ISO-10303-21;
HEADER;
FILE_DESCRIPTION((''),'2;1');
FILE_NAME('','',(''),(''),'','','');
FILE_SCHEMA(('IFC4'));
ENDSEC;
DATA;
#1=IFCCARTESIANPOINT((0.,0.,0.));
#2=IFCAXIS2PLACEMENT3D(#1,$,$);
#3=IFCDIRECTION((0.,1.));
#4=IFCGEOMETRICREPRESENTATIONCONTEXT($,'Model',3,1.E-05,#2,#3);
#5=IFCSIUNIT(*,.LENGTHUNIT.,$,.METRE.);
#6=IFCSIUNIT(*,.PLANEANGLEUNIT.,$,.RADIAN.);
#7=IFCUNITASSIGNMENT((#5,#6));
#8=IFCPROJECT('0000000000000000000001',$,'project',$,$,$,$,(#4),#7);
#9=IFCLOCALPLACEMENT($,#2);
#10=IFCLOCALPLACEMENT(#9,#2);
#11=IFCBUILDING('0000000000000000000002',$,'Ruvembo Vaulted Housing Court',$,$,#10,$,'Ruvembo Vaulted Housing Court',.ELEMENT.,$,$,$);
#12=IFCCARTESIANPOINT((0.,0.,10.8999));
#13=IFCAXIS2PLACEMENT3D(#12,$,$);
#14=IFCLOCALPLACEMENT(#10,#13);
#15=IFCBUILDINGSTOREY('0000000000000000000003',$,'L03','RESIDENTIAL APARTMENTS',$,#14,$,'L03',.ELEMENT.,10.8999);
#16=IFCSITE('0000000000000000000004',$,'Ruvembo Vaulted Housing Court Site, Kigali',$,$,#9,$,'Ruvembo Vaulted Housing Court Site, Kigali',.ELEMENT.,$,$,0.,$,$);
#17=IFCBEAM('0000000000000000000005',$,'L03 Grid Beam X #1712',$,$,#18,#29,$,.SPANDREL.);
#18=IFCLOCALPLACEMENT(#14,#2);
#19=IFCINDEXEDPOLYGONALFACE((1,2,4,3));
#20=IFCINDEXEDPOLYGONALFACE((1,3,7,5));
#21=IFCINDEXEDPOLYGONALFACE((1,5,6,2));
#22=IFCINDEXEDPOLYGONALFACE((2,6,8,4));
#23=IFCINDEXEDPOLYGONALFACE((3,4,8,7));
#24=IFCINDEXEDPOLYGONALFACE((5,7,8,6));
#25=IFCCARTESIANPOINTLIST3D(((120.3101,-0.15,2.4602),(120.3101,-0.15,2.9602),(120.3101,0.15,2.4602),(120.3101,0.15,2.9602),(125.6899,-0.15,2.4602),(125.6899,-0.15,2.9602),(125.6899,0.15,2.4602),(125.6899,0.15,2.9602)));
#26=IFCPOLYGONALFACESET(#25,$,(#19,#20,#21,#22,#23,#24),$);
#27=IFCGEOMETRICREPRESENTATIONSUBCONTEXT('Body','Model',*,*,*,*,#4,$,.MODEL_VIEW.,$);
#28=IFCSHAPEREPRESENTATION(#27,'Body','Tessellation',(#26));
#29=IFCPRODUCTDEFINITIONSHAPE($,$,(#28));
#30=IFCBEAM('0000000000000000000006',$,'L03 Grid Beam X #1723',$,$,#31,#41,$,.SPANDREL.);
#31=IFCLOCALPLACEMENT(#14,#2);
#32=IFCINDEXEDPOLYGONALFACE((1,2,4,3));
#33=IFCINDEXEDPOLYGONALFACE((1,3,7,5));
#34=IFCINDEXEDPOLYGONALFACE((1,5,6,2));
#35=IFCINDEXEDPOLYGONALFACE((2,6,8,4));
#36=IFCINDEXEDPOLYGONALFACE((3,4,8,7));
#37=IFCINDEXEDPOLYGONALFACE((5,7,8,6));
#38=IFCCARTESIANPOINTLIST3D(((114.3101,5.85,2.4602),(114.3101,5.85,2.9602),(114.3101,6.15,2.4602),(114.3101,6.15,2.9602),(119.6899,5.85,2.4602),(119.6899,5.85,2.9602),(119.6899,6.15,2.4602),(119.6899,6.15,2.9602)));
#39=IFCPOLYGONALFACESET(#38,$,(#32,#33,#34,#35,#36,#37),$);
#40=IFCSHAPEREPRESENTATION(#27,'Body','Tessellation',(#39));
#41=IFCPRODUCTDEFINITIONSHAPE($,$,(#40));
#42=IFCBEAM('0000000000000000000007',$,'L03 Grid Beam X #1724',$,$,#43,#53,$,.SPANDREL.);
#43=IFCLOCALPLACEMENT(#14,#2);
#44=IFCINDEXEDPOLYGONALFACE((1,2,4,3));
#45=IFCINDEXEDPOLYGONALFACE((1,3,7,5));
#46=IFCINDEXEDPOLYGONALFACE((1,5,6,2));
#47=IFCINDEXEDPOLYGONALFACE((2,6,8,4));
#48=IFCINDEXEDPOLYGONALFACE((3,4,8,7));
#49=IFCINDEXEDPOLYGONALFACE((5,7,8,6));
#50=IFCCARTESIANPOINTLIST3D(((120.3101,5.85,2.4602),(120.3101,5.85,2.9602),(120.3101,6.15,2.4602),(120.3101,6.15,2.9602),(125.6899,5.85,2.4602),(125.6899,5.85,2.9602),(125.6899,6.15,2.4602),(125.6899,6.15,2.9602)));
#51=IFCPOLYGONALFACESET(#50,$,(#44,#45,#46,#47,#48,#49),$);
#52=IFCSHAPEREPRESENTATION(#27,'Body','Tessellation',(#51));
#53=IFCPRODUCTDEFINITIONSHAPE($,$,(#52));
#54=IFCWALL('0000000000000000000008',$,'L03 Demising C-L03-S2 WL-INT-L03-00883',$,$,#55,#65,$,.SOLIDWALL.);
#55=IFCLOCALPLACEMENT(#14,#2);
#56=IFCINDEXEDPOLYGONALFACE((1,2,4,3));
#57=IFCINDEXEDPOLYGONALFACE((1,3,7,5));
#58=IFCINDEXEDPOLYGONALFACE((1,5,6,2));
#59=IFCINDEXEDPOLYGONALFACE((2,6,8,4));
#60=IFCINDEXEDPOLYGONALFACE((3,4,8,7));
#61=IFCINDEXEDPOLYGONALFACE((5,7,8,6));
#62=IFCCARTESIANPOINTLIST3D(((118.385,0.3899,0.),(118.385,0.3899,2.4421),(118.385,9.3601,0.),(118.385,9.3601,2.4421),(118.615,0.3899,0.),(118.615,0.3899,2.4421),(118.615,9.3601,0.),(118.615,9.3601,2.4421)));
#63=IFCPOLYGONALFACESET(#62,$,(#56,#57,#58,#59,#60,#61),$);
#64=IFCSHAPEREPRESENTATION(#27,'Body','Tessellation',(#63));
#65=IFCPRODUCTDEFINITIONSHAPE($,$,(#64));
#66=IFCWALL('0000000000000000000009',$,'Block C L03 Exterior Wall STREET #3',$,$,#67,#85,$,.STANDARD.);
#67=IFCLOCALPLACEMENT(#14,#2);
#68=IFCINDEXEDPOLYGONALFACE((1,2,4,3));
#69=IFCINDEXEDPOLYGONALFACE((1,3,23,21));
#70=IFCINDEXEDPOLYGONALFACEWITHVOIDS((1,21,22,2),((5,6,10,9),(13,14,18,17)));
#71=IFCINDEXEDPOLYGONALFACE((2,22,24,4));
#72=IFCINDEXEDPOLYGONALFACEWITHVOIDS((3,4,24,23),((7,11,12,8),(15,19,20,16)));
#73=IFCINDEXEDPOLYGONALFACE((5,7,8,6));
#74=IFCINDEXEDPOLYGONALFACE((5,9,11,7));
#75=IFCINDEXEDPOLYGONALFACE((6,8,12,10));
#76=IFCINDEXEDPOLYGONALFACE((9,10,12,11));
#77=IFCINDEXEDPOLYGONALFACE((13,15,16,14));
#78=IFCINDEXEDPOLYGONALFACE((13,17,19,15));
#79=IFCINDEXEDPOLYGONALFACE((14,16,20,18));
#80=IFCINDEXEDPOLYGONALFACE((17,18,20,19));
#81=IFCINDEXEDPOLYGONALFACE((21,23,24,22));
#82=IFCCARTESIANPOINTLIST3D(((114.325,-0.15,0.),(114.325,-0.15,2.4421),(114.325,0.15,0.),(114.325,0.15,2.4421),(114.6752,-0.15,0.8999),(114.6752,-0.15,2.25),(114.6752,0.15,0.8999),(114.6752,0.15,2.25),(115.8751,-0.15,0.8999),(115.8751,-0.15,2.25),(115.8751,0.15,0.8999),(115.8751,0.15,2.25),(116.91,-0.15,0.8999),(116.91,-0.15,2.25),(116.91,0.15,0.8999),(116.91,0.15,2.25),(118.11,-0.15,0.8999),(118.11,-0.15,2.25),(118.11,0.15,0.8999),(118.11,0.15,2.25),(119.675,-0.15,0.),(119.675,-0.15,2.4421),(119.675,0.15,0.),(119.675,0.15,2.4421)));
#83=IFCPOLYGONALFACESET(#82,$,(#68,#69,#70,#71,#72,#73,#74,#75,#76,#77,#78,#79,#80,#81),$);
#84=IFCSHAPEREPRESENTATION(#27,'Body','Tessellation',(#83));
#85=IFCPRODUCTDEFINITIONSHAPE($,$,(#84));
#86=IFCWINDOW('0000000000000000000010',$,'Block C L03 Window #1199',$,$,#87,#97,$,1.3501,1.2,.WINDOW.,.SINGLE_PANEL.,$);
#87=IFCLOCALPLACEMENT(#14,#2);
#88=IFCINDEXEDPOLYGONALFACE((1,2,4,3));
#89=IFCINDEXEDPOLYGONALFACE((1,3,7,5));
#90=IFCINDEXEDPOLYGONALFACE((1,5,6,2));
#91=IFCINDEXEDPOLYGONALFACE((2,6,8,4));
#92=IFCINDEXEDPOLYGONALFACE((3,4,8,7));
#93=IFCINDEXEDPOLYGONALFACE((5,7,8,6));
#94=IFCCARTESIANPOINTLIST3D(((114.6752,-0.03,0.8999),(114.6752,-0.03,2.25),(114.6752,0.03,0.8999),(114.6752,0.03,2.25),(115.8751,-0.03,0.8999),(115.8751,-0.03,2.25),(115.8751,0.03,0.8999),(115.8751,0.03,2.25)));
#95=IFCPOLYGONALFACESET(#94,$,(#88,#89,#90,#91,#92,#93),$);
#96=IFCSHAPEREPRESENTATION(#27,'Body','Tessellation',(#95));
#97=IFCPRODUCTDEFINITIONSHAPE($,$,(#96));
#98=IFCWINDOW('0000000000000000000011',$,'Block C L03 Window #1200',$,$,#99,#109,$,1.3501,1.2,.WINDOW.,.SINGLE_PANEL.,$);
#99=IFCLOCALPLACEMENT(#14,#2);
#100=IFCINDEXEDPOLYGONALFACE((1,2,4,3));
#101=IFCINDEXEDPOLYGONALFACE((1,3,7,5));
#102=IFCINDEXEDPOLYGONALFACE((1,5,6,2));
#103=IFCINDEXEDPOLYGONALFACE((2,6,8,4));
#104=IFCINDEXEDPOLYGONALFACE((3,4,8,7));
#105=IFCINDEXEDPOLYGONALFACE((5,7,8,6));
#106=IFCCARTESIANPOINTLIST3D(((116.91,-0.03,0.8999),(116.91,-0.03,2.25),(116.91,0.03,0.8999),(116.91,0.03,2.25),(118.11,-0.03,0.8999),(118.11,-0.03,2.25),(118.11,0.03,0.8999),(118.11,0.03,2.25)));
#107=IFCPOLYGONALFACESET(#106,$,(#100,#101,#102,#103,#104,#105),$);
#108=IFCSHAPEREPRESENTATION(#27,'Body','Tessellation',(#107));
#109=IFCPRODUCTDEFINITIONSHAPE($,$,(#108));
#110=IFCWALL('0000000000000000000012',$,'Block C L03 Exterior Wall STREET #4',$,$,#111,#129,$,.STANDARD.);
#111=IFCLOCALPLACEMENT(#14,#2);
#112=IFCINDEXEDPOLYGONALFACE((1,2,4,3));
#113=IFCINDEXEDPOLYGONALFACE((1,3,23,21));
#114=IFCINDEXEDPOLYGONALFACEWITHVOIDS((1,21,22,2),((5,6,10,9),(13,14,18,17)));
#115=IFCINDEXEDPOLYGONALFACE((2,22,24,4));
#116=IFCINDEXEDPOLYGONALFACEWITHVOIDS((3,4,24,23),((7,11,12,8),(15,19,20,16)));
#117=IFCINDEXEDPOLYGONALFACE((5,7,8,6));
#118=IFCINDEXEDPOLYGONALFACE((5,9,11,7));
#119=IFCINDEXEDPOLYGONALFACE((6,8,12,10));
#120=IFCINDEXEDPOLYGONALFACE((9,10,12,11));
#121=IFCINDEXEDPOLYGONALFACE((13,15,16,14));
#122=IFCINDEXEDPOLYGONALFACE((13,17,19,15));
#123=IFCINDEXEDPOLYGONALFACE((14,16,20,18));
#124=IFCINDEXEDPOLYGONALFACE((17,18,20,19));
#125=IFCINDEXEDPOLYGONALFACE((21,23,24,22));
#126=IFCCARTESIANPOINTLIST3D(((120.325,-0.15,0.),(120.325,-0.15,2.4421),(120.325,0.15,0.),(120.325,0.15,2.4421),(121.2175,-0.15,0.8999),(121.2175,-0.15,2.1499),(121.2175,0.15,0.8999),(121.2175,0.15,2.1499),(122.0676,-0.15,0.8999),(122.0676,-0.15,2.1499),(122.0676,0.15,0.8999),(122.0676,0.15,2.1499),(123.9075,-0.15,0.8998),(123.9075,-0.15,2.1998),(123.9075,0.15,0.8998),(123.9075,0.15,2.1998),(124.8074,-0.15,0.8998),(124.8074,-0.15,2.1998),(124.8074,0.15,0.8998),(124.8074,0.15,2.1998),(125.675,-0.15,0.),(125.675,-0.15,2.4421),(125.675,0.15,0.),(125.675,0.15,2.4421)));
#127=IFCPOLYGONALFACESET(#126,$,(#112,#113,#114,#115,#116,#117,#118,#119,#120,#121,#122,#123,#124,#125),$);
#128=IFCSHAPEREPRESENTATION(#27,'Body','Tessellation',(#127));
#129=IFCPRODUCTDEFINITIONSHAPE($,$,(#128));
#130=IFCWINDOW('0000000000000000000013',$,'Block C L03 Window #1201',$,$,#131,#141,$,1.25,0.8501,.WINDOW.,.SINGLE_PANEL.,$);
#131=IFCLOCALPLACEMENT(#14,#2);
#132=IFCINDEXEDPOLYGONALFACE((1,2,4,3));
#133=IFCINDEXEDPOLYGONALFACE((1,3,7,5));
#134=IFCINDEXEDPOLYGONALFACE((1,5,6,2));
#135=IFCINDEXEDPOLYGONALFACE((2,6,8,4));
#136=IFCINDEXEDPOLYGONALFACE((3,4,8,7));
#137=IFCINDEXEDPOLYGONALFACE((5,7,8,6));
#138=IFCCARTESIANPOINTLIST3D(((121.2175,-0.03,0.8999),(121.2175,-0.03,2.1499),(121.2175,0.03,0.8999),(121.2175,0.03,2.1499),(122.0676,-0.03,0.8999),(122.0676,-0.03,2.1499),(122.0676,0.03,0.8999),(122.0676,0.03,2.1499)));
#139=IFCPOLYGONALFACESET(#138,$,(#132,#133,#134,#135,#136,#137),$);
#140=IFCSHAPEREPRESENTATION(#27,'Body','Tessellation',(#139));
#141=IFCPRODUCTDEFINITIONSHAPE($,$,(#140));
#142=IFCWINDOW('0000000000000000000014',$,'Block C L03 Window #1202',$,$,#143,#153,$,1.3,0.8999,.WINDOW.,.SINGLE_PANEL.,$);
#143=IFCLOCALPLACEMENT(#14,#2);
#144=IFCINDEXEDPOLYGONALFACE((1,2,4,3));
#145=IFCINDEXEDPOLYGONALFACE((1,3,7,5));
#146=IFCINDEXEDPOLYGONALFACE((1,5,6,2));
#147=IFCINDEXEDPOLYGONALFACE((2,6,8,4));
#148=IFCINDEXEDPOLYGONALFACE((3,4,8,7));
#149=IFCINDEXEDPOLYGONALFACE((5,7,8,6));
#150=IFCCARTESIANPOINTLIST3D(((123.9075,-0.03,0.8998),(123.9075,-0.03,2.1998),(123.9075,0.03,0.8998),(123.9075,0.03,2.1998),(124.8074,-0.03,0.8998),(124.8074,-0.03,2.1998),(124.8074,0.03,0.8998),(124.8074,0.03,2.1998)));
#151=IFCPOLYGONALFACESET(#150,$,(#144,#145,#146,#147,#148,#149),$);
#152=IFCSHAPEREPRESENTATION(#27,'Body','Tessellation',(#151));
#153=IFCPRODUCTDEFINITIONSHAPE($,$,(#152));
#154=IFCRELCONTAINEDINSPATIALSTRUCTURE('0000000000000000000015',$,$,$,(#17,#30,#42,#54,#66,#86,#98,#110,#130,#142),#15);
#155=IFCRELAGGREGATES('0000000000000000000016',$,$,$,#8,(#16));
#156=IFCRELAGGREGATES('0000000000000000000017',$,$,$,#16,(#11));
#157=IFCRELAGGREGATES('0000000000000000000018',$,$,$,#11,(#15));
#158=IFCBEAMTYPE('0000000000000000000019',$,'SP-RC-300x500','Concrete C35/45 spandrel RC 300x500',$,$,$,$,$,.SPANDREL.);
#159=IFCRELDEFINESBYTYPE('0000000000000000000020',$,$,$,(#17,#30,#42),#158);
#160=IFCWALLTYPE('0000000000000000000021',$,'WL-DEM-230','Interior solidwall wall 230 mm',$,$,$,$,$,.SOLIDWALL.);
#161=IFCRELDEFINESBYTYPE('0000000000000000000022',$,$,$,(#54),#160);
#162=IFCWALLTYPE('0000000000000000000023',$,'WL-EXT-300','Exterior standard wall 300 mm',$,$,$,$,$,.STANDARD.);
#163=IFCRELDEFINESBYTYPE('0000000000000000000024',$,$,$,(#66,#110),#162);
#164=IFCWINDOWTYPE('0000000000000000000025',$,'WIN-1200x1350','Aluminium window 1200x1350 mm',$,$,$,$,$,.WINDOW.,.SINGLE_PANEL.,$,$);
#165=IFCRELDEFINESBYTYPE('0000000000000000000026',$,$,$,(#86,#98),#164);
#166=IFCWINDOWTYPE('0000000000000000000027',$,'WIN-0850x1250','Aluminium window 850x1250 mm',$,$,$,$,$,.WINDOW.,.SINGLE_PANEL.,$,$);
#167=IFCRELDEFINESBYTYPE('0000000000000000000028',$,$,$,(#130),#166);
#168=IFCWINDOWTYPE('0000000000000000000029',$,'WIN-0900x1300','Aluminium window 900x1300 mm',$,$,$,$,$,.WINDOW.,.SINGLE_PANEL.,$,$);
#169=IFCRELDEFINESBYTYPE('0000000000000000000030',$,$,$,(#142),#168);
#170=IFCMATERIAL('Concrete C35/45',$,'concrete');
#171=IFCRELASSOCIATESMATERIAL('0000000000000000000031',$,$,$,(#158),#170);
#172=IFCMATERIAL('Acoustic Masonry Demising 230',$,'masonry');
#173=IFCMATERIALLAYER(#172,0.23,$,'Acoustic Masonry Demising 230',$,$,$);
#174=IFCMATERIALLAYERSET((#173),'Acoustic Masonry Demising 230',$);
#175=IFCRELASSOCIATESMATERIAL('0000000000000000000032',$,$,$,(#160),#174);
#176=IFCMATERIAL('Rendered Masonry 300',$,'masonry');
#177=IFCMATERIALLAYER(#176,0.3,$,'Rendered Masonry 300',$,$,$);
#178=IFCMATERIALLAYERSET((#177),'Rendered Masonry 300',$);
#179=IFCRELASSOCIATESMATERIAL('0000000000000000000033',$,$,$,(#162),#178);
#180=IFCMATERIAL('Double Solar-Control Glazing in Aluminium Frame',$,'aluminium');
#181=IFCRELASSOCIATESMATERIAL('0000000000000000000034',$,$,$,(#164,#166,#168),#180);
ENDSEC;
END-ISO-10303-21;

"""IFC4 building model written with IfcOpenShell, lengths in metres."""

from ifc_helpers import new_model, si_unit, direction, frame, frame_2d, origin, origin_2d, place, context, subcontext, project, spatial, rectangle, extrude, material, layer, layer_set, material_profile, profile_set, type_object, element, fill, save


model = new_model("IFC4")

# Units and contexts
model_context = context("Model", 3, precision=1e-05, world=origin(), true_north=direction((0.0, 1.0)))
body_context = subcontext(model_context, "Body", "Model", "MODEL_VIEW")
ifc_project = project(units=[si_unit("LENGTHUNIT", "METRE"), si_unit("PLANEANGLEUNIT", "RADIAN")], contexts=[model_context])

# Site, building, storey
site_placement = place(None, origin())
site = spatial("IfcSite", under=ifc_project, at=site_placement, Name="Ruvembo Vaulted Housing Court Site, Kigali", LongName="Ruvembo Vaulted Housing Court Site, Kigali", CompositionType="ELEMENT", RefElevation=0.0)
building_placement = place(site_placement, origin())
building = spatial("IfcBuilding", under=site, at=building_placement, Name="Ruvembo Vaulted Housing Court", LongName="Ruvembo Vaulted Housing Court", CompositionType="ELEMENT")
storey_placement = place(building_placement, frame((0.0, 0.0, 10.8999)))
storey = spatial("IfcBuildingStorey", under=building, at=storey_placement, Name="L03", Description="RESIDENTIAL APARTMENTS", LongName="L03", CompositionType="ELEMENT", Elevation=10.8999)

# Beams
ifc_material_1 = material(Name="Concrete C35/45", Category="concrete")
ifc_material_profile_1 = material_profile(ifc_material_1, rectangle(XDim=0.3, YDim=0.5, at=origin_2d()), Name="RC 300x500")
ifc_profile_set_1 = profile_set([ifc_material_profile_1], Name="Concrete C35/45")
beam_type_1 = type_object("IfcBeamType", Name="SP-RC-300x500", Description="Concrete C35/45 spandrel RC 300x500", PredefinedType="SPANDREL", material=ifc_profile_set_1)
for number, where, z_axis, x_axis, name in (
    (1, (120.3101, 0.0, 2.7102), (1.0, 0.0, 0.0), (0.0, 1.0, 0.0), "L03 Grid Beam X #1712"),
    (2, (114.3101, 6.0, 2.7102), (1.0, 0.0, 0.0), (0.0, 1.0, 0.0), "L03 Grid Beam X #1723"),
    (3, (120.3101, 6.0, 2.7102), (1.0, 0.0, 0.0), (0.0, 1.0, 0.0), "L03 Grid Beam X #1724"),
):
    element("IfcBeam", number, at=place(storey_placement, frame(where, z_axis=z_axis, x_axis=x_axis)), inside=storey, type_object=beam_type_1, Name=name, PredefinedType="SPANDREL", context=body_context, shape_type="SweptSolid", body=[
        extrude(rectangle(XDim=0.3, YDim=0.5, at=origin_2d()), origin(), (0.0, 0.0, 1.0), 5.3799),
    ])

# Wall
ifc_material_2 = material(Name="Acoustic Masonry Demising 230", Category="masonry")
ifc_layer_1 = layer(ifc_material_2, 0.23, Name="Acoustic Masonry Demising 230")
ifc_layer_set_1 = layer_set([ifc_layer_1], Name="Acoustic Masonry Demising 230")
wall_type_1 = type_object("IfcWallType", Name="WL-DEM-230", Description="Interior solidwall wall 230 mm", PredefinedType="SOLIDWALL", material=ifc_layer_set_1)
wall_1_placement = place(storey_placement, frame((118.5, 0.3899, 0.0), z_axis=(0.0, 0.0, 1.0), x_axis=(0.0, 1.0, 0.0)))
element("IfcWall", 4, at=wall_1_placement, inside=storey, type_object=wall_type_1, Name="L03 Demising C-L03-S2 WL-INT-L03-00883", PredefinedType="SOLIDWALL", context=body_context, shape_type="SweptSolid", body=[
    extrude(rectangle(XDim=8.9702, YDim=0.23, at=frame_2d((4.4851, 0.0))), origin(), (0.0, 0.0, 1.0), 2.4421),
])

# Walls, openings, windows
ifc_material_3 = material(Name="Rendered Masonry 300", Category="masonry")
ifc_layer_2 = layer(ifc_material_3, 0.3, Name="Rendered Masonry 300")
ifc_layer_set_2 = layer_set([ifc_layer_2], Name="Rendered Masonry 300")
wall_type_2 = type_object("IfcWallType", Name="WL-EXT-300", Description="Exterior standard wall 300 mm", PredefinedType="STANDARD", material=ifc_layer_set_2)
wall_2_placement = place(storey_placement, frame((114.325, 0.0, 0.0), z_axis=(0.0, 0.0, 1.0), x_axis=(1.0, 0.0, 0.0)))
wall_2 = element("IfcWall", 5, at=wall_2_placement, inside=storey, type_object=wall_type_2, Name="Block C L03 Exterior Wall STREET #3", PredefinedType="STANDARD", context=body_context, shape_type="SweptSolid", body=[
    extrude(rectangle(XDim=5.3501, YDim=0.3, at=frame_2d((2.675, 0.0))), origin(), (0.0, 0.0, 1.0), 2.4421),
])
opening_1_placement = place(wall_2_placement, frame((0.3501, 0.0, 0.8999)))
opening_1 = element("IfcOpeningElement", 6, at=opening_1_placement, cuts=wall_2, PredefinedType="OPENING", context=body_context, shape_type="SweptSolid", body=[
    extrude(rectangle(XDim=1.2, YDim=1.3501, at=frame_2d((0.6001, 0.675))), frame((0.0, 0.1599, 0.0), z_axis=(0.0, -1.0, 0.0), x_axis=(1.0, 0.0, 0.0)), (0.0, 0.0, 1.0), 0.3201),
])
opening_2_placement = place(wall_2_placement, frame((2.585, 0.0, 0.8999)))
opening_2 = element("IfcOpeningElement", 7, at=opening_2_placement, cuts=wall_2, PredefinedType="OPENING", context=body_context, shape_type="SweptSolid", body=[
    extrude(rectangle(XDim=1.2, YDim=1.3501, at=frame_2d((0.6001, 0.675))), frame((0.0, 0.1599, 0.0), z_axis=(0.0, -1.0, 0.0), x_axis=(1.0, 0.0, 0.0)), (0.0, 0.0, 1.0), 0.3201),
])
ifc_material_4 = material(Name="Double Solar-Control Glazing in Aluminium Frame", Category="aluminium")
window_type_1 = type_object("IfcWindowType", Name="WIN-1200x1350", Description="Aluminium window 1200x1350 mm", PartitioningType="SINGLE_PANEL", PredefinedType="WINDOW", material=ifc_material_4)
window_1_placement = place(opening_1_placement, origin())
window_1 = element("IfcWindow", 8, at=window_1_placement, inside=storey, type_object=window_type_1, Name="Block C L03 Window #1199", OverallHeight=1.3501, OverallWidth=1.2, PartitioningType="SINGLE_PANEL", PredefinedType="WINDOW", context=body_context, shape_type="SweptSolid", body=[
    extrude(rectangle(XDim=1.2, YDim=1.3501, at=frame_2d((0.6001, 0.675))), frame((0.0, 0.03, 0.0), z_axis=(0.0, -1.0, 0.0), x_axis=(1.0, 0.0, 0.0)), (0.0, 0.0, 1.0), 0.0601),
])
fill(opening_1, window_1)
window_2_placement = place(opening_2_placement, origin())
window_2 = element("IfcWindow", 9, at=window_2_placement, inside=storey, type_object=window_type_1, Name="Block C L03 Window #1200", OverallHeight=1.3501, OverallWidth=1.2, PartitioningType="SINGLE_PANEL", PredefinedType="WINDOW", context=body_context, shape_type="SweptSolid", body=[
    extrude(rectangle(XDim=1.2, YDim=1.3501, at=frame_2d((0.6001, 0.675))), frame((0.0, 0.03, 0.0), z_axis=(0.0, -1.0, 0.0), x_axis=(1.0, 0.0, 0.0)), (0.0, 0.0, 1.0), 0.0601),
])
fill(opening_2, window_2)
wall_3_placement = place(storey_placement, frame((120.325, 0.0, 0.0), z_axis=(0.0, 0.0, 1.0), x_axis=(1.0, 0.0, 0.0)))
wall_3 = element("IfcWall", 10, at=wall_3_placement, inside=storey, type_object=wall_type_2, Name="Block C L03 Exterior Wall STREET #4", PredefinedType="STANDARD", context=body_context, shape_type="SweptSolid", body=[
    extrude(rectangle(XDim=5.3501, YDim=0.3, at=frame_2d((2.675, 0.0))), origin(), (0.0, 0.0, 1.0), 2.4421),
])
opening_3_placement = place(wall_3_placement, frame((0.8926, 0.0, 0.8999)))
opening_3 = element("IfcOpeningElement", 11, at=opening_3_placement, cuts=wall_3, PredefinedType="OPENING", context=body_context, shape_type="SweptSolid", body=[
    extrude(rectangle(XDim=0.8501, YDim=1.25, at=frame_2d((0.425, 0.625))), frame((0.0, 0.1599, 0.0), z_axis=(0.0, -1.0, 0.0), x_axis=(1.0, 0.0, 0.0)), (0.0, 0.0, 1.0), 0.3201),
])
opening_4_placement = place(wall_3_placement, frame((3.5825, 0.0, 0.8999)))
opening_4 = element("IfcOpeningElement", 12, at=opening_4_placement, cuts=wall_3, PredefinedType="OPENING", context=body_context, shape_type="SweptSolid", body=[
    extrude(rectangle(XDim=0.8999, YDim=1.3, at=frame_2d((0.45, 0.6499))), frame((0.0, 0.1599, 0.0), z_axis=(0.0, -1.0, 0.0), x_axis=(1.0, 0.0, 0.0)), (0.0, 0.0, 1.0), 0.3201),
])
window_type_2 = type_object("IfcWindowType", Name="WIN-0850x1250", Description="Aluminium window 850x1250 mm", PartitioningType="SINGLE_PANEL", PredefinedType="WINDOW", material=ifc_material_4)
window_3_placement = place(opening_3_placement, origin())
window_3 = element("IfcWindow", 13, at=window_3_placement, inside=storey, type_object=window_type_2, Name="Block C L03 Window #1201", OverallHeight=1.25, OverallWidth=0.8501, PartitioningType="SINGLE_PANEL", PredefinedType="WINDOW", context=body_context, shape_type="SweptSolid", body=[
    extrude(rectangle(XDim=0.8501, YDim=1.25, at=frame_2d((0.425, 0.625))), frame((0.0, 0.03, 0.0), z_axis=(0.0, -1.0, 0.0), x_axis=(1.0, 0.0, 0.0)), (0.0, 0.0, 1.0), 0.0601),
])
fill(opening_3, window_3)
window_type_3 = type_object("IfcWindowType", Name="WIN-0900x1300", Description="Aluminium window 900x1300 mm", PartitioningType="SINGLE_PANEL", PredefinedType="WINDOW", material=ifc_material_4)
window_4_placement = place(opening_4_placement, origin())
window_4 = element("IfcWindow", 14, at=window_4_placement, inside=storey, type_object=window_type_3, Name="Block C L03 Window #1202", OverallHeight=1.3, OverallWidth=0.8999, PartitioningType="SINGLE_PANEL", PredefinedType="WINDOW", context=body_context, shape_type="SweptSolid", body=[
    extrude(rectangle(XDim=0.8999, YDim=1.3, at=frame_2d((0.45, 0.6499))), frame((0.0, 0.03, 0.0), z_axis=(0.0, -1.0, 0.0), x_axis=(1.0, 0.0, 0.0)), (0.0, 0.0, 1.0), 0.0601),
])
fill(opening_4, window_4)

save(model, "model.ifc")
